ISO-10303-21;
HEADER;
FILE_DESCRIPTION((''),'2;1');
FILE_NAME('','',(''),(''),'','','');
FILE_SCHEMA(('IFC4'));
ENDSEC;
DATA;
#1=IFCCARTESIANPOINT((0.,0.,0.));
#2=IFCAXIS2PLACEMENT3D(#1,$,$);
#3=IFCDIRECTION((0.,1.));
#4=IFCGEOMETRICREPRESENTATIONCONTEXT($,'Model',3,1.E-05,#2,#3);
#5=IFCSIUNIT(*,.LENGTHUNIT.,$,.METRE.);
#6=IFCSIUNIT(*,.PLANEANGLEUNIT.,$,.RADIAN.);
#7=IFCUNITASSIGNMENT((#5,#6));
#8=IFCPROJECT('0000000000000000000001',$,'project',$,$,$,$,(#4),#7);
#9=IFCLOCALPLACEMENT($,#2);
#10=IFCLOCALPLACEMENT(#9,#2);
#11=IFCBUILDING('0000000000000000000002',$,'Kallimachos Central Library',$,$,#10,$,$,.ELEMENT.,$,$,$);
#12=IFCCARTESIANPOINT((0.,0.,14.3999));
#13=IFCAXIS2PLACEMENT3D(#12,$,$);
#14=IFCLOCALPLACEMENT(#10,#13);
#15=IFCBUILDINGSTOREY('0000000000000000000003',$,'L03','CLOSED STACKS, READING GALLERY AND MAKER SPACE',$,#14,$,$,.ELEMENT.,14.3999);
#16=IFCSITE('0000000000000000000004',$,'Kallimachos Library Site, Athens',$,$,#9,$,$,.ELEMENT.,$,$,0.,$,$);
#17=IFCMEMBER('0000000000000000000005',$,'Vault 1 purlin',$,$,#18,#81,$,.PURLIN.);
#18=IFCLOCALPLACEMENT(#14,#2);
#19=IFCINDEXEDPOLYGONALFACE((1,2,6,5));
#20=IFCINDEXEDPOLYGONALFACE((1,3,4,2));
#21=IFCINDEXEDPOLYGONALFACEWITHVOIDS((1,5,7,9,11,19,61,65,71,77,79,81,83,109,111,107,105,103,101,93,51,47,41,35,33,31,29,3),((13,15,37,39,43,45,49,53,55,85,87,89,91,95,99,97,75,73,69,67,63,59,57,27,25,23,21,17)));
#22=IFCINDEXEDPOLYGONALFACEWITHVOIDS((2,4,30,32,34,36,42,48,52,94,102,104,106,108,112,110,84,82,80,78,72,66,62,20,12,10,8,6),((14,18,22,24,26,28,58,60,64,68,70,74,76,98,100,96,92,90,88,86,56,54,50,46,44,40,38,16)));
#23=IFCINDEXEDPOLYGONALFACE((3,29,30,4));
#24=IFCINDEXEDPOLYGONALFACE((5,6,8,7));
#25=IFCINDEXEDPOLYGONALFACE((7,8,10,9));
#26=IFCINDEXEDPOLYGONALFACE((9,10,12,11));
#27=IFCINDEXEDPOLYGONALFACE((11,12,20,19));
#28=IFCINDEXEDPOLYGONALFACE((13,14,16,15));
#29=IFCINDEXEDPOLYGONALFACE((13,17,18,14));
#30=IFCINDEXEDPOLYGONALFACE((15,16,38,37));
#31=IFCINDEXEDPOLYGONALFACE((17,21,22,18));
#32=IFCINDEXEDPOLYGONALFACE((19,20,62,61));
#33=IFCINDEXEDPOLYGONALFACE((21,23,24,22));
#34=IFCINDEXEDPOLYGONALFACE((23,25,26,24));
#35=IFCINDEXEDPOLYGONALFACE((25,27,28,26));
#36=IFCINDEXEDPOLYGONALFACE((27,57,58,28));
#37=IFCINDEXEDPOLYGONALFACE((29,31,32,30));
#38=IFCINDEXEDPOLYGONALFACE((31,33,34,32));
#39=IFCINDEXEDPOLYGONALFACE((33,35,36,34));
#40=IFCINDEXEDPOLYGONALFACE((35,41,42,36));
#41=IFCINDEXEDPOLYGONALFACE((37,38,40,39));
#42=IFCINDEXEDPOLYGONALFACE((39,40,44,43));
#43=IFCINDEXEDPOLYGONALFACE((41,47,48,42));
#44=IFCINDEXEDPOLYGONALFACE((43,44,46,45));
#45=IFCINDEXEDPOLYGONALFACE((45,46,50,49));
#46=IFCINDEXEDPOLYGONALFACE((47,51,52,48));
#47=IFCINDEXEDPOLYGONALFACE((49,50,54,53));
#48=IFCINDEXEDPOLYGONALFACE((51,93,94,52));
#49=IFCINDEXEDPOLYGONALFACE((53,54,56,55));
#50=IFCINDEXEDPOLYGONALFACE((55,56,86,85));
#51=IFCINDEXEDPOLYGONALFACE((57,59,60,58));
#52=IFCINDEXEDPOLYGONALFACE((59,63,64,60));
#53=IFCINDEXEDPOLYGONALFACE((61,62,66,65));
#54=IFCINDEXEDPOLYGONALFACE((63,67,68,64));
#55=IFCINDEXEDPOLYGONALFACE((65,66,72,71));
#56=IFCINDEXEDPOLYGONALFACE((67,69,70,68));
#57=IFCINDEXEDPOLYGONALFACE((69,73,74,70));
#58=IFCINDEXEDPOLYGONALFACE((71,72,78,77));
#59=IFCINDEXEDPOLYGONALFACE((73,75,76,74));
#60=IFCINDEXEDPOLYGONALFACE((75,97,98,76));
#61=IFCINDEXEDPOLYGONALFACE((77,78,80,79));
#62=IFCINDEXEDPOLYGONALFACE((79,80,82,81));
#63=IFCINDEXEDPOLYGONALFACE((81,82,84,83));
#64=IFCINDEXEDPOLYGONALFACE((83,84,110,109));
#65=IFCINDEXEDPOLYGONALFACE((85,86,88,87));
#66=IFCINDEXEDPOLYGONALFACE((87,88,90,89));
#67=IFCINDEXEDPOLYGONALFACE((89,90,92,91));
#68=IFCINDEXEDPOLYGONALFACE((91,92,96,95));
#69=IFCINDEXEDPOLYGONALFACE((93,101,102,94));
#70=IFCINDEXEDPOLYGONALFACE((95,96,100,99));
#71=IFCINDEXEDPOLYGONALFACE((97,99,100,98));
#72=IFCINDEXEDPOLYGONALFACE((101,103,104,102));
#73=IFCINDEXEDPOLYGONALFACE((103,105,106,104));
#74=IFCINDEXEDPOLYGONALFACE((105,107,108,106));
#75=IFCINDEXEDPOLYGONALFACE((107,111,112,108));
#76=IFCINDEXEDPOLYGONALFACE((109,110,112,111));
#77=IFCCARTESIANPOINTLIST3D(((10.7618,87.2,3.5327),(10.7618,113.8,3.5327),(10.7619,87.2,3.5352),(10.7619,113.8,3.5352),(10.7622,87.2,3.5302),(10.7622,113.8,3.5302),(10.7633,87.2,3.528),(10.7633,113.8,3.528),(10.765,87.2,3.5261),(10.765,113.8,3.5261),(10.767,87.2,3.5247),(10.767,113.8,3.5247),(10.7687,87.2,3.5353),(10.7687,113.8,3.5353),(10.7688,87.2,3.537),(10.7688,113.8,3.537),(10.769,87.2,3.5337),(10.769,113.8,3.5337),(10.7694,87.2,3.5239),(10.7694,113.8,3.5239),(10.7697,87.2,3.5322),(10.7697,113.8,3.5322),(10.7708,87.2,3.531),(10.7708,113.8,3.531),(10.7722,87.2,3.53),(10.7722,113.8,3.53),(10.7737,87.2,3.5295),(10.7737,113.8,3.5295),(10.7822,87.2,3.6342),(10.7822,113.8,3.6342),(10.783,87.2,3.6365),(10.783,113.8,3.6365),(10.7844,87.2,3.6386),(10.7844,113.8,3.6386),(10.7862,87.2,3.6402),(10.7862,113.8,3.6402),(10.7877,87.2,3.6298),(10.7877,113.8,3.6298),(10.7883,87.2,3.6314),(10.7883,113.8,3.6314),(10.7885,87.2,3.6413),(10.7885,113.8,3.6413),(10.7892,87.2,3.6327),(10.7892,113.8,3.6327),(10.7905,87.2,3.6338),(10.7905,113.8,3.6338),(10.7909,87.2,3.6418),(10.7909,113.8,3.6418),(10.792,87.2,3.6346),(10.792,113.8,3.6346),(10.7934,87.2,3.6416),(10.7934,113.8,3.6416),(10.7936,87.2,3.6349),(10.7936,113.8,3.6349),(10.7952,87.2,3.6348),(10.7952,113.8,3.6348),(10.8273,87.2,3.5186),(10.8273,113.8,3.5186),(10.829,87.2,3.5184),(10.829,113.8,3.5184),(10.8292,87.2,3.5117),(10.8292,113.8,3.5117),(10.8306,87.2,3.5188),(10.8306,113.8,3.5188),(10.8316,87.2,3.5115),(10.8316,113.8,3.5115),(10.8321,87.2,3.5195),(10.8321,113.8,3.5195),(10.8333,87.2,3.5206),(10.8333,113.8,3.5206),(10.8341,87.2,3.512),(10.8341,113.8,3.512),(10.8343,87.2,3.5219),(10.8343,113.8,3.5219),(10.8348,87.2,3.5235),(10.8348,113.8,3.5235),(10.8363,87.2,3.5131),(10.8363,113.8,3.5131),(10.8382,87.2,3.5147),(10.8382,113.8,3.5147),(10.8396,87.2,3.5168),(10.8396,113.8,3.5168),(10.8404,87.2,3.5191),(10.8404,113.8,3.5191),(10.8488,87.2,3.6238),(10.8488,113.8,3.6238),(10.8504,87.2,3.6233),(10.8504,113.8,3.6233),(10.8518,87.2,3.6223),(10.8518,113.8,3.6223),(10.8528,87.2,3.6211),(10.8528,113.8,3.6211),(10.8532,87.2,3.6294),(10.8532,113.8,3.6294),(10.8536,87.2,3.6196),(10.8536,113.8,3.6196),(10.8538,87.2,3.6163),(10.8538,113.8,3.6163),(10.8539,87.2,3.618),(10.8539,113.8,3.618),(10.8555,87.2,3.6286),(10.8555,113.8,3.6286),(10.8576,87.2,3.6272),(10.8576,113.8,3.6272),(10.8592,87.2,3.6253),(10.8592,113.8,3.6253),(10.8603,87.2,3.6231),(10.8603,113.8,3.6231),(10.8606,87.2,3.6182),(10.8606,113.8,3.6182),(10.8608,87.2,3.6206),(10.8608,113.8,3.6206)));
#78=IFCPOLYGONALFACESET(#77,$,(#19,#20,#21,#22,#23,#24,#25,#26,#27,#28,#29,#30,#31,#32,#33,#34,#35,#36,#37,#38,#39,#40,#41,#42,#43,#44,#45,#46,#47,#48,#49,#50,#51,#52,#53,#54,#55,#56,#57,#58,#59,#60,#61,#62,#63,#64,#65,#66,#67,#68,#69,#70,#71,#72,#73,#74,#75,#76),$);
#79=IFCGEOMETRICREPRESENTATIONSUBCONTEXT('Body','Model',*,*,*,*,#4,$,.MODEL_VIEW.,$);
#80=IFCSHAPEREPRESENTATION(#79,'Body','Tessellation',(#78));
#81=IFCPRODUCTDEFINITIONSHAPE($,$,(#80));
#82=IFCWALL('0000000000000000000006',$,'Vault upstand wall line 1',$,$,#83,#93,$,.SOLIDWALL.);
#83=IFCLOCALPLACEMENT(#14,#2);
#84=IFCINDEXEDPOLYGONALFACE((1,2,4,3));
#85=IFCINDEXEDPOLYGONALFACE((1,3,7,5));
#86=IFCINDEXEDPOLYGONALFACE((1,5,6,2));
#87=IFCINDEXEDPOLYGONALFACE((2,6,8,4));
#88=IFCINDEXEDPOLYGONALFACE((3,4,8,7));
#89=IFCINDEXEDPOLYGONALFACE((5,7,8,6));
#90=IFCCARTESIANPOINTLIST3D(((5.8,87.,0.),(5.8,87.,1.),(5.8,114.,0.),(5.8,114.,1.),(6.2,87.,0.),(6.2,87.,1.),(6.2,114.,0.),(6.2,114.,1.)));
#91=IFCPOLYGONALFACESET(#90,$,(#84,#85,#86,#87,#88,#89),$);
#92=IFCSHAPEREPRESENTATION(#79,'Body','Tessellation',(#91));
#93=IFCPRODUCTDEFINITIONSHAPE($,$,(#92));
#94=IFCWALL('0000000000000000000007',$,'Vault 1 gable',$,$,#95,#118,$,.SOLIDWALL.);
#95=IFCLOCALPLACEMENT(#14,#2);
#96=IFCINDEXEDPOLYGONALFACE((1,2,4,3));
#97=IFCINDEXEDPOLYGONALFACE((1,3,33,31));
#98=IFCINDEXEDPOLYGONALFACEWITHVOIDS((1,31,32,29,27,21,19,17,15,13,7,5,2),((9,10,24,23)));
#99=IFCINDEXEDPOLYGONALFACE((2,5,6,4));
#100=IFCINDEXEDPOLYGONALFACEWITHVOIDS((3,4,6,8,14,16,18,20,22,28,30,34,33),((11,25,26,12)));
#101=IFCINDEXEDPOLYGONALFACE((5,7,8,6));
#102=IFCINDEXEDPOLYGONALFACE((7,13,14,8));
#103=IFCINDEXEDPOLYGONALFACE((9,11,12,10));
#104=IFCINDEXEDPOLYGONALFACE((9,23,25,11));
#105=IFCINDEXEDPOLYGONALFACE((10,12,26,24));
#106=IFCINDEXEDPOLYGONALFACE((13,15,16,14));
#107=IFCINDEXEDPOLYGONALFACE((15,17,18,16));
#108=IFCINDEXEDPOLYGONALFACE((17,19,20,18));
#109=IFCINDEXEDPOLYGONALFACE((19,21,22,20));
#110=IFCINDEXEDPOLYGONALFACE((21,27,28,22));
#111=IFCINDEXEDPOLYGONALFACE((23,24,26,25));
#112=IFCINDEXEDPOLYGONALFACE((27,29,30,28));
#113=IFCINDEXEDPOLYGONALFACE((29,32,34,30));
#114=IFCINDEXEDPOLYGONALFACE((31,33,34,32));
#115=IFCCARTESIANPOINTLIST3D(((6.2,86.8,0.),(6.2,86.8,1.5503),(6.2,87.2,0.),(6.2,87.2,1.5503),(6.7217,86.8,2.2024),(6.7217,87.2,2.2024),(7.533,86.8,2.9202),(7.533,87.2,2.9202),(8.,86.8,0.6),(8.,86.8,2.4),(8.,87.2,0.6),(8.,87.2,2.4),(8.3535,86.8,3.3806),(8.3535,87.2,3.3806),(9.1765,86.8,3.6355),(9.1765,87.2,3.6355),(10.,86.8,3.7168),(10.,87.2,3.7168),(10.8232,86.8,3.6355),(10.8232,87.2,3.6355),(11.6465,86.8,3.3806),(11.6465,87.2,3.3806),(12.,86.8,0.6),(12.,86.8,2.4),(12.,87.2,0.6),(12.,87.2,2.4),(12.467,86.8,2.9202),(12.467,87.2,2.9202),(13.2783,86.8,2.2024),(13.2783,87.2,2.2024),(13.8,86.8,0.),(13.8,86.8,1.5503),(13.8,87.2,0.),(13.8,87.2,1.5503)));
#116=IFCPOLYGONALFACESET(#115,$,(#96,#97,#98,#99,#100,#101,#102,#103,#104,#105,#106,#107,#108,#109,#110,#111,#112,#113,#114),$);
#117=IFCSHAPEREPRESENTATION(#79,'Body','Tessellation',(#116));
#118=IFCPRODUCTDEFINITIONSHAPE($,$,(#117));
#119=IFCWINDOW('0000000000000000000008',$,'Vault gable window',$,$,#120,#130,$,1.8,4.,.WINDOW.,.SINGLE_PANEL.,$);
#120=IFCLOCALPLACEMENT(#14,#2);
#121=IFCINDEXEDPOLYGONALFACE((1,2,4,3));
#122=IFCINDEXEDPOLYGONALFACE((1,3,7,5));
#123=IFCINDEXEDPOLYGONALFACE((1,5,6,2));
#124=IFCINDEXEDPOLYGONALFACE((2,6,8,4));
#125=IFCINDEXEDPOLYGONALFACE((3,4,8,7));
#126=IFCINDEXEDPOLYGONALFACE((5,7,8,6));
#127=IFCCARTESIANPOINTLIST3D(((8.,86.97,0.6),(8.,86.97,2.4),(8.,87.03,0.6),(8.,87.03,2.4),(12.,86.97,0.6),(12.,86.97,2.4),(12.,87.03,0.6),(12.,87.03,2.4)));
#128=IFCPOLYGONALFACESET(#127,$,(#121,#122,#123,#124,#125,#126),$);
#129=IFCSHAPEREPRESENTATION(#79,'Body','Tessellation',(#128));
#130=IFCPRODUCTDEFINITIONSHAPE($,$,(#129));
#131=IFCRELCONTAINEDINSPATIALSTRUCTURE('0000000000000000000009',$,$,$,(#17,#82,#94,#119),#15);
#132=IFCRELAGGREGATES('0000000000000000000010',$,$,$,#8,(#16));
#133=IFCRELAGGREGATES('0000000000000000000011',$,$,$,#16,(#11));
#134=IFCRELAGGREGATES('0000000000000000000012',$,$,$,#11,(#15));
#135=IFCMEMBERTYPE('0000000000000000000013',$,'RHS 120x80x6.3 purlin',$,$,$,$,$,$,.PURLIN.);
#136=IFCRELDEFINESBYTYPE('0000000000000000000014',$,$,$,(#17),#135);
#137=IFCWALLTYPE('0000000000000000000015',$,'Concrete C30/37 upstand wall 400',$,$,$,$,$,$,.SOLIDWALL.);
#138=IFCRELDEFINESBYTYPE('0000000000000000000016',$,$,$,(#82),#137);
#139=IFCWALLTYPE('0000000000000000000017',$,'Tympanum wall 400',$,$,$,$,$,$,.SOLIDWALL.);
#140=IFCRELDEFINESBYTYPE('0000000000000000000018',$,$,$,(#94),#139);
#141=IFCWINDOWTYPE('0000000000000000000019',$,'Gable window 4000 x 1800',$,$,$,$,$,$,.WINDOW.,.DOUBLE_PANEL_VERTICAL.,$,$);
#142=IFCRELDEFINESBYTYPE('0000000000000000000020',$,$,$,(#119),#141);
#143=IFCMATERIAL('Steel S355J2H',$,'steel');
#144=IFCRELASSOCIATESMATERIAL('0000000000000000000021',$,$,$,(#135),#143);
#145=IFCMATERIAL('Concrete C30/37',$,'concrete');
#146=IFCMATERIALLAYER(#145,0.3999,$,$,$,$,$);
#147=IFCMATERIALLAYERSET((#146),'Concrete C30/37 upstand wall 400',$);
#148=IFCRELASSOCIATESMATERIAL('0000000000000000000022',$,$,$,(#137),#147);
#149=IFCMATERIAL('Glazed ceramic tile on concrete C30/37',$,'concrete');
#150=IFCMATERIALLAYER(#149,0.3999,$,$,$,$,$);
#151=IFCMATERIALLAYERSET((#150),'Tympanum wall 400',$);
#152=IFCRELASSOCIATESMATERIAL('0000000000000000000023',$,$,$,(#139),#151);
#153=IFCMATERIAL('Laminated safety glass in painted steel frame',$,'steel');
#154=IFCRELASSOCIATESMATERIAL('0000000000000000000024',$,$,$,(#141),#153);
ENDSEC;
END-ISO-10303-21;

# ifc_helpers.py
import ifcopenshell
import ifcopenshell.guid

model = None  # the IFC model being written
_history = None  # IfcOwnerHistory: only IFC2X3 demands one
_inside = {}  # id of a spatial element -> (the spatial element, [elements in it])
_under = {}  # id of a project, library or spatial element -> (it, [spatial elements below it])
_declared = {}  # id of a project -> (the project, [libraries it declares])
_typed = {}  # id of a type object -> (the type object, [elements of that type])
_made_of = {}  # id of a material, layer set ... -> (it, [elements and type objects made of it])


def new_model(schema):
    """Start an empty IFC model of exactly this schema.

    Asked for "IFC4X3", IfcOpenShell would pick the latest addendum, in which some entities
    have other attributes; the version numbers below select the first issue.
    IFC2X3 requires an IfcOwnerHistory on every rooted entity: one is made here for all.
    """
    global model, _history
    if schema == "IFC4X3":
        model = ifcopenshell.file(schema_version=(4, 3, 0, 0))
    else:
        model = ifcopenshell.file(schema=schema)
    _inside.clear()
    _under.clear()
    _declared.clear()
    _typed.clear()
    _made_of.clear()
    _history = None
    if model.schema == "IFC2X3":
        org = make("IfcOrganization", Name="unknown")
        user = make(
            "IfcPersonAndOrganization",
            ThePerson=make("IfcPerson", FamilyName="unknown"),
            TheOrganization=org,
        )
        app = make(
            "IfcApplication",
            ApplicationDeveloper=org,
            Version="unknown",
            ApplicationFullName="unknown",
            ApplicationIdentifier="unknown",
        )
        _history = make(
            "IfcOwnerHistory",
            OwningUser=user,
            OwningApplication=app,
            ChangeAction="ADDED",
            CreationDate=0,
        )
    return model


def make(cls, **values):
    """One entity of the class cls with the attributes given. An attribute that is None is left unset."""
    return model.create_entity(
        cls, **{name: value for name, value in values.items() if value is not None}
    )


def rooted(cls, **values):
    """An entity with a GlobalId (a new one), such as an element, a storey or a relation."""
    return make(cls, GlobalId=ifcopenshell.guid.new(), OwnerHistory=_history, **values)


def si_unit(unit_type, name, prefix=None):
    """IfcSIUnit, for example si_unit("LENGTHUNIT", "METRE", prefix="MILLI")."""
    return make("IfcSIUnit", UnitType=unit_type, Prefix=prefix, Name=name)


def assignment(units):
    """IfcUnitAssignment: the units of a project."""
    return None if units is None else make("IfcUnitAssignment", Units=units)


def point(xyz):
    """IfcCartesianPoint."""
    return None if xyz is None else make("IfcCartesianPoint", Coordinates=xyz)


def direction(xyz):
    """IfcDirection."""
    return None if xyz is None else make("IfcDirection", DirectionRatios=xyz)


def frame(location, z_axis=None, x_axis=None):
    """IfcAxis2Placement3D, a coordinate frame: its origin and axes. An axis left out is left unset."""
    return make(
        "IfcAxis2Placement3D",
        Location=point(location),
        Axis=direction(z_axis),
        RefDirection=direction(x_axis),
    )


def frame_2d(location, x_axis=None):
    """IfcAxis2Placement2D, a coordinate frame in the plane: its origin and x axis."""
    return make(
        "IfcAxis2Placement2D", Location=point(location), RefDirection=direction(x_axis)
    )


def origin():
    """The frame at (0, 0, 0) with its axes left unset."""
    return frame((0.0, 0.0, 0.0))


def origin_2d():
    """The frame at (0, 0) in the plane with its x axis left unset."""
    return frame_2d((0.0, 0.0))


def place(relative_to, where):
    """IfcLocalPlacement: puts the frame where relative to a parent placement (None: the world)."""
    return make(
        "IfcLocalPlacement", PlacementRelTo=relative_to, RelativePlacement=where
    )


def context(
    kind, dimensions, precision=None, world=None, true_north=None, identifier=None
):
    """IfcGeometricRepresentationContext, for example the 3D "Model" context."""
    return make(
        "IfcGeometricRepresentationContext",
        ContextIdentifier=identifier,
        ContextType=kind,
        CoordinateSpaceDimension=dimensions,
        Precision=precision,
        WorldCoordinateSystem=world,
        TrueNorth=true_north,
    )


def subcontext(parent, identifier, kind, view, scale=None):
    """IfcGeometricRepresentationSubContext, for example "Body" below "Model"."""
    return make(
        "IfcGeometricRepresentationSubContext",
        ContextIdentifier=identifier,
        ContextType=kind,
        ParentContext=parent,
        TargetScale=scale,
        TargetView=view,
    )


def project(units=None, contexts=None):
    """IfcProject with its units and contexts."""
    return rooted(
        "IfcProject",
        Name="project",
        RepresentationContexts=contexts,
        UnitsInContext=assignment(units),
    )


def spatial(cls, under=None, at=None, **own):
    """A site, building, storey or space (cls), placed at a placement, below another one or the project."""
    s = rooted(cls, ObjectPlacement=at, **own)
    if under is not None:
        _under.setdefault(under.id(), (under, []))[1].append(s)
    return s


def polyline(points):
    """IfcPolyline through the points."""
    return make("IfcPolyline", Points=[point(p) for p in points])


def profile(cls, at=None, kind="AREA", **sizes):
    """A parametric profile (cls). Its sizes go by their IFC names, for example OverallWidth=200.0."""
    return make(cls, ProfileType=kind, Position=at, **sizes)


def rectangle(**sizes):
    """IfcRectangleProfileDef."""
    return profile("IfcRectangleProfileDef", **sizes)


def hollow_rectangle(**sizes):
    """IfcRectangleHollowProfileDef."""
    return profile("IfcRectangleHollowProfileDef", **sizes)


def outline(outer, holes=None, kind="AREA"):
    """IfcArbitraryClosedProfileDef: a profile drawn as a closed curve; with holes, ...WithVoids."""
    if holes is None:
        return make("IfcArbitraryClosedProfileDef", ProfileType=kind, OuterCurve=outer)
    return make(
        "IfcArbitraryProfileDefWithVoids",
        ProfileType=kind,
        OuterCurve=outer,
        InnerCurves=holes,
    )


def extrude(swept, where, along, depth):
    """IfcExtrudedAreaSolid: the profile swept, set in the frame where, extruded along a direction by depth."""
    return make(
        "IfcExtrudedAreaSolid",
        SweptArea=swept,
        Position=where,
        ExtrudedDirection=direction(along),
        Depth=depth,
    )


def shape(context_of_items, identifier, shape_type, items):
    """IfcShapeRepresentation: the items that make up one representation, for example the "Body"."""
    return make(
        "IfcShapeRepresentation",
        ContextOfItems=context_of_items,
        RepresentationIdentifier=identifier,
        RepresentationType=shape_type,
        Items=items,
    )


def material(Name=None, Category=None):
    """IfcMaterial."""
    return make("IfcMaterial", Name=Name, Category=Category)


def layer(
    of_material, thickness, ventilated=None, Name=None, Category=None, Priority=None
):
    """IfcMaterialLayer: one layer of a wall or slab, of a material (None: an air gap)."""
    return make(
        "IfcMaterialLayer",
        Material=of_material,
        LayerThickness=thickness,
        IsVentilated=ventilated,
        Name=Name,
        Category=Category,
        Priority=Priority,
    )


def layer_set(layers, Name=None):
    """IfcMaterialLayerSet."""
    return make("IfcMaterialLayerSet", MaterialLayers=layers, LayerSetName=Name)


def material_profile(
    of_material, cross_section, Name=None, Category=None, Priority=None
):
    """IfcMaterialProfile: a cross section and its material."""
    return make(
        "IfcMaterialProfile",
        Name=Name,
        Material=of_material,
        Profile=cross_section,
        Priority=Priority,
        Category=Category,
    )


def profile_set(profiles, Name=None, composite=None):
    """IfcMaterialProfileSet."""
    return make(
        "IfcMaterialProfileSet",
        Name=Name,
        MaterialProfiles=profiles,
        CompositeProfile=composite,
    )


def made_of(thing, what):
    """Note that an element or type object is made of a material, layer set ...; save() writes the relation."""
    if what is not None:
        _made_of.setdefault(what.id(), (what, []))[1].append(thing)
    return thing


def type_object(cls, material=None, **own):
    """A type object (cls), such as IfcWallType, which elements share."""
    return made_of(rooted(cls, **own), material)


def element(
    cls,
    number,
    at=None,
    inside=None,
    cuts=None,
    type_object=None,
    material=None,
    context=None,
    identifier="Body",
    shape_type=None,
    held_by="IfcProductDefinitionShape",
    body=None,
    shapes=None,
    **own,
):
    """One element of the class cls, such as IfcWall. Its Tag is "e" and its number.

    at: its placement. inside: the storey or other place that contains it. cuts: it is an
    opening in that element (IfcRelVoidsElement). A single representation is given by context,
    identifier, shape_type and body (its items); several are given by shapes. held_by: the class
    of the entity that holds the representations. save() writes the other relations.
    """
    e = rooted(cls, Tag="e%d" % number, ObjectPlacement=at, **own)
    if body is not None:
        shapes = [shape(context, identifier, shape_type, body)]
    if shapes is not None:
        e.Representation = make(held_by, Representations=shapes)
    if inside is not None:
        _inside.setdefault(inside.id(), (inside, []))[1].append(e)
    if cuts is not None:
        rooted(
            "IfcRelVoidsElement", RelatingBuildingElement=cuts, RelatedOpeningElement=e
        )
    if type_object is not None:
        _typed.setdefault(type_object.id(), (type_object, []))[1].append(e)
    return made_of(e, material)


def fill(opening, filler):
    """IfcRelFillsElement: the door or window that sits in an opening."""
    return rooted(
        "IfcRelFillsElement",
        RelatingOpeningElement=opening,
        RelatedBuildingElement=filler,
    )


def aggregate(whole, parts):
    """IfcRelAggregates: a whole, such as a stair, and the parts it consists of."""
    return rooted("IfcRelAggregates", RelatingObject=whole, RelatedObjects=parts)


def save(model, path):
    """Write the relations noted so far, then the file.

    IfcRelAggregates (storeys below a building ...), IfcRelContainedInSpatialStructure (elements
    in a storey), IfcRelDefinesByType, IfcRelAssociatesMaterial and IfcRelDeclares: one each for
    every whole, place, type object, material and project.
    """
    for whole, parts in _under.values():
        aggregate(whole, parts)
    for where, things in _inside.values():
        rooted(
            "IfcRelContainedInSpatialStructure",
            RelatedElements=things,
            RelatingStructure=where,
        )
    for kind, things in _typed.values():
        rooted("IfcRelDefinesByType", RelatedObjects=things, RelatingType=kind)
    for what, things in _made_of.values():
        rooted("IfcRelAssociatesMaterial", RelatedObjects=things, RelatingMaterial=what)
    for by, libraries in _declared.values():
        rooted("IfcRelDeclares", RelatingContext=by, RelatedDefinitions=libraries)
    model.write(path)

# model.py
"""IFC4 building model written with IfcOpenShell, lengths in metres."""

from ifc_helpers import new_model, si_unit, direction, frame, frame_2d, origin, origin_2d, place, context, subcontext, project, spatial, polyline, rectangle, hollow_rectangle, outline, extrude, material, layer, layer_set, material_profile, profile_set, type_object, element, fill, save


model = new_model("IFC4")

# Units and contexts
model_context = context("Model", 3, precision=1e-05, world=origin(), true_north=direction((0.0, 1.0)))
body_context = subcontext(model_context, "Body", "Model", "MODEL_VIEW")
ifc_project = project(units=[si_unit("LENGTHUNIT", "METRE"), si_unit("PLANEANGLEUNIT", "RADIAN")], contexts=[model_context])

# Site, building, storey
site_placement = place(None, origin())
site = spatial("IfcSite", under=ifc_project, at=site_placement, Name="Kallimachos Library Site, Athens", CompositionType="ELEMENT", RefElevation=0.0)
building_placement = place(site_placement, origin())
building = spatial("IfcBuilding", under=site, at=building_placement, Name="Kallimachos Central Library", CompositionType="ELEMENT")
storey_placement = place(building_placement, frame((0.0, 0.0, 14.3999)))
storey = spatial("IfcBuildingStorey", under=building, at=storey_placement, Name="L03", Description="CLOSED STACKS, READING GALLERY AND MAKER SPACE", CompositionType="ELEMENT", Elevation=14.3999)

# Member
ifc_material_1 = material(Name="Steel S355J2H", Category="steel")
ifc_material_profile = material_profile(ifc_material_1, hollow_rectangle(XDim=0.0801, YDim=0.1201, WallThickness=0.0063, InnerFilletRadius=0.0063, OuterFilletRadius=0.0095, at=origin_2d()), Name="RHS 120x80x6.3")
ifc_profile_set = profile_set([ifc_material_profile], Name="Steel S355J2H")
member_type = type_object("IfcMemberType", Name="RHS 120x80x6.3 purlin", PredefinedType="PURLIN", material=ifc_profile_set)
for number, where, z_axis, x_axis, name in (
    (1, (10.8113, 87.2, 3.5767), (0.0, 1.0, 0.0), (-0.979797, 0.0, 0.199994), "Vault 1 purlin"),
):
    element("IfcMember", number, at=place(storey_placement, frame(where, z_axis=z_axis, x_axis=x_axis)), inside=storey, type_object=member_type, Name=name, PredefinedType="PURLIN", context=body_context, shape_type="SweptSolid", body=[
        extrude(hollow_rectangle(XDim=0.0801, YDim=0.1201, WallThickness=0.0063, InnerFilletRadius=0.0063, OuterFilletRadius=0.0095, at=origin_2d()), origin(), (0.0, 0.0, 1.0), 26.6001),
    ])

# Wall
ifc_material_2 = material(Name="Concrete C30/37", Category="concrete")
ifc_layer_1 = layer(ifc_material_2, 0.3999)
ifc_layer_set_1 = layer_set([ifc_layer_1], Name="Concrete C30/37 upstand wall 400")
wall_type_1 = type_object("IfcWallType", Name="Concrete C30/37 upstand wall 400", PredefinedType="SOLIDWALL", material=ifc_layer_set_1)
wall_1_placement = place(storey_placement, frame((6.0, 87.0, 0.0), z_axis=(0.0, 0.0, 1.0), x_axis=(0.0, 1.0, 0.0)))
element("IfcWall", 2, at=wall_1_placement, inside=storey, type_object=wall_type_1, Name="Vault upstand wall line 1", PredefinedType="SOLIDWALL", context=body_context, shape_type="SweptSolid", body=[
    extrude(rectangle(XDim=27.0, YDim=0.3999, at=frame_2d((13.5, 0.0))), origin(), (0.0, 0.0, 1.0), 1.0),
])

# Wall, opening, window
ifc_material_3 = material(Name="Glazed ceramic tile on concrete C30/37", Category="concrete")
ifc_layer_2 = layer(ifc_material_3, 0.3999)
ifc_layer_set_2 = layer_set([ifc_layer_2], Name="Tympanum wall 400")
wall_type_2 = type_object("IfcWallType", Name="Tympanum wall 400", PredefinedType="SOLIDWALL", material=ifc_layer_set_2)
wall_2_placement = place(storey_placement, frame((6.2, 87.0, 0.0), z_axis=(0.0, 0.0, 1.0), x_axis=(1.0, 0.0, 0.0)))
wall_2 = element("IfcWall", 3, at=wall_2_placement, inside=storey, type_object=wall_type_2, Name="Vault 1 gable", PredefinedType="SOLIDWALL", context=body_context, shape_type="SweptSolid", body=[
    extrude(outline(polyline([(0.0, 0.0), (7.6001, 0.0), (7.6001, 1.5503), (7.0784, 2.2024), (6.2671, 2.9202), (5.4465, 3.3806), (4.6233, 3.6355), (3.8, 3.7168), (2.9766, 3.6355), (2.1536, 3.3806), (1.333, 2.9202), (0.5217, 2.2024), (0.0, 1.5503), (0.0, 0.0)])), frame((0.0, 0.2, 0.0), z_axis=(0.0, -1.0, 0.0), x_axis=(1.0, 0.0, 0.0)), (0.0, 0.0, 1.0), 0.3999),
])
opening_placement = place(wall_2_placement, frame((1.8, 0.0, 0.6001)))
opening = element("IfcOpeningElement", 4, at=opening_placement, cuts=wall_2, PredefinedType="OPENING", context=body_context, shape_type="SweptSolid", body=[
    extrude(rectangle(XDim=4.0, YDim=1.8, at=frame_2d((2.0, 0.8999))), frame((0.0, 0.21, 0.0), z_axis=(0.0, -1.0, 0.0), x_axis=(1.0, 0.0, 0.0)), (0.0, 0.0, 1.0), 0.4199),
])
ifc_material_4 = material(Name="Laminated safety glass in painted steel frame", Category="steel")
window_type = type_object("IfcWindowType", Name="Gable window 4000 x 1800", PartitioningType="DOUBLE_PANEL_VERTICAL", PredefinedType="WINDOW", material=ifc_material_4)
window_placement = place(opening_placement, origin())
window = element("IfcWindow", 5, at=window_placement, inside=storey, type_object=window_type, Name="Vault gable window", OverallHeight=1.8, OverallWidth=4.0, PartitioningType="SINGLE_PANEL", PredefinedType="WINDOW", context=body_context, shape_type="SweptSolid", body=[
    extrude(rectangle(XDim=4.0, YDim=1.8, at=frame_2d((2.0, 0.8999))), frame((0.0, 0.03, 0.0), z_axis=(0.0, -1.0, 0.0), x_axis=(1.0, 0.0, 0.0)), (0.0, 0.0, 1.0), 0.0601),
])
fill(opening, window)

save(model, "model.ifc")
